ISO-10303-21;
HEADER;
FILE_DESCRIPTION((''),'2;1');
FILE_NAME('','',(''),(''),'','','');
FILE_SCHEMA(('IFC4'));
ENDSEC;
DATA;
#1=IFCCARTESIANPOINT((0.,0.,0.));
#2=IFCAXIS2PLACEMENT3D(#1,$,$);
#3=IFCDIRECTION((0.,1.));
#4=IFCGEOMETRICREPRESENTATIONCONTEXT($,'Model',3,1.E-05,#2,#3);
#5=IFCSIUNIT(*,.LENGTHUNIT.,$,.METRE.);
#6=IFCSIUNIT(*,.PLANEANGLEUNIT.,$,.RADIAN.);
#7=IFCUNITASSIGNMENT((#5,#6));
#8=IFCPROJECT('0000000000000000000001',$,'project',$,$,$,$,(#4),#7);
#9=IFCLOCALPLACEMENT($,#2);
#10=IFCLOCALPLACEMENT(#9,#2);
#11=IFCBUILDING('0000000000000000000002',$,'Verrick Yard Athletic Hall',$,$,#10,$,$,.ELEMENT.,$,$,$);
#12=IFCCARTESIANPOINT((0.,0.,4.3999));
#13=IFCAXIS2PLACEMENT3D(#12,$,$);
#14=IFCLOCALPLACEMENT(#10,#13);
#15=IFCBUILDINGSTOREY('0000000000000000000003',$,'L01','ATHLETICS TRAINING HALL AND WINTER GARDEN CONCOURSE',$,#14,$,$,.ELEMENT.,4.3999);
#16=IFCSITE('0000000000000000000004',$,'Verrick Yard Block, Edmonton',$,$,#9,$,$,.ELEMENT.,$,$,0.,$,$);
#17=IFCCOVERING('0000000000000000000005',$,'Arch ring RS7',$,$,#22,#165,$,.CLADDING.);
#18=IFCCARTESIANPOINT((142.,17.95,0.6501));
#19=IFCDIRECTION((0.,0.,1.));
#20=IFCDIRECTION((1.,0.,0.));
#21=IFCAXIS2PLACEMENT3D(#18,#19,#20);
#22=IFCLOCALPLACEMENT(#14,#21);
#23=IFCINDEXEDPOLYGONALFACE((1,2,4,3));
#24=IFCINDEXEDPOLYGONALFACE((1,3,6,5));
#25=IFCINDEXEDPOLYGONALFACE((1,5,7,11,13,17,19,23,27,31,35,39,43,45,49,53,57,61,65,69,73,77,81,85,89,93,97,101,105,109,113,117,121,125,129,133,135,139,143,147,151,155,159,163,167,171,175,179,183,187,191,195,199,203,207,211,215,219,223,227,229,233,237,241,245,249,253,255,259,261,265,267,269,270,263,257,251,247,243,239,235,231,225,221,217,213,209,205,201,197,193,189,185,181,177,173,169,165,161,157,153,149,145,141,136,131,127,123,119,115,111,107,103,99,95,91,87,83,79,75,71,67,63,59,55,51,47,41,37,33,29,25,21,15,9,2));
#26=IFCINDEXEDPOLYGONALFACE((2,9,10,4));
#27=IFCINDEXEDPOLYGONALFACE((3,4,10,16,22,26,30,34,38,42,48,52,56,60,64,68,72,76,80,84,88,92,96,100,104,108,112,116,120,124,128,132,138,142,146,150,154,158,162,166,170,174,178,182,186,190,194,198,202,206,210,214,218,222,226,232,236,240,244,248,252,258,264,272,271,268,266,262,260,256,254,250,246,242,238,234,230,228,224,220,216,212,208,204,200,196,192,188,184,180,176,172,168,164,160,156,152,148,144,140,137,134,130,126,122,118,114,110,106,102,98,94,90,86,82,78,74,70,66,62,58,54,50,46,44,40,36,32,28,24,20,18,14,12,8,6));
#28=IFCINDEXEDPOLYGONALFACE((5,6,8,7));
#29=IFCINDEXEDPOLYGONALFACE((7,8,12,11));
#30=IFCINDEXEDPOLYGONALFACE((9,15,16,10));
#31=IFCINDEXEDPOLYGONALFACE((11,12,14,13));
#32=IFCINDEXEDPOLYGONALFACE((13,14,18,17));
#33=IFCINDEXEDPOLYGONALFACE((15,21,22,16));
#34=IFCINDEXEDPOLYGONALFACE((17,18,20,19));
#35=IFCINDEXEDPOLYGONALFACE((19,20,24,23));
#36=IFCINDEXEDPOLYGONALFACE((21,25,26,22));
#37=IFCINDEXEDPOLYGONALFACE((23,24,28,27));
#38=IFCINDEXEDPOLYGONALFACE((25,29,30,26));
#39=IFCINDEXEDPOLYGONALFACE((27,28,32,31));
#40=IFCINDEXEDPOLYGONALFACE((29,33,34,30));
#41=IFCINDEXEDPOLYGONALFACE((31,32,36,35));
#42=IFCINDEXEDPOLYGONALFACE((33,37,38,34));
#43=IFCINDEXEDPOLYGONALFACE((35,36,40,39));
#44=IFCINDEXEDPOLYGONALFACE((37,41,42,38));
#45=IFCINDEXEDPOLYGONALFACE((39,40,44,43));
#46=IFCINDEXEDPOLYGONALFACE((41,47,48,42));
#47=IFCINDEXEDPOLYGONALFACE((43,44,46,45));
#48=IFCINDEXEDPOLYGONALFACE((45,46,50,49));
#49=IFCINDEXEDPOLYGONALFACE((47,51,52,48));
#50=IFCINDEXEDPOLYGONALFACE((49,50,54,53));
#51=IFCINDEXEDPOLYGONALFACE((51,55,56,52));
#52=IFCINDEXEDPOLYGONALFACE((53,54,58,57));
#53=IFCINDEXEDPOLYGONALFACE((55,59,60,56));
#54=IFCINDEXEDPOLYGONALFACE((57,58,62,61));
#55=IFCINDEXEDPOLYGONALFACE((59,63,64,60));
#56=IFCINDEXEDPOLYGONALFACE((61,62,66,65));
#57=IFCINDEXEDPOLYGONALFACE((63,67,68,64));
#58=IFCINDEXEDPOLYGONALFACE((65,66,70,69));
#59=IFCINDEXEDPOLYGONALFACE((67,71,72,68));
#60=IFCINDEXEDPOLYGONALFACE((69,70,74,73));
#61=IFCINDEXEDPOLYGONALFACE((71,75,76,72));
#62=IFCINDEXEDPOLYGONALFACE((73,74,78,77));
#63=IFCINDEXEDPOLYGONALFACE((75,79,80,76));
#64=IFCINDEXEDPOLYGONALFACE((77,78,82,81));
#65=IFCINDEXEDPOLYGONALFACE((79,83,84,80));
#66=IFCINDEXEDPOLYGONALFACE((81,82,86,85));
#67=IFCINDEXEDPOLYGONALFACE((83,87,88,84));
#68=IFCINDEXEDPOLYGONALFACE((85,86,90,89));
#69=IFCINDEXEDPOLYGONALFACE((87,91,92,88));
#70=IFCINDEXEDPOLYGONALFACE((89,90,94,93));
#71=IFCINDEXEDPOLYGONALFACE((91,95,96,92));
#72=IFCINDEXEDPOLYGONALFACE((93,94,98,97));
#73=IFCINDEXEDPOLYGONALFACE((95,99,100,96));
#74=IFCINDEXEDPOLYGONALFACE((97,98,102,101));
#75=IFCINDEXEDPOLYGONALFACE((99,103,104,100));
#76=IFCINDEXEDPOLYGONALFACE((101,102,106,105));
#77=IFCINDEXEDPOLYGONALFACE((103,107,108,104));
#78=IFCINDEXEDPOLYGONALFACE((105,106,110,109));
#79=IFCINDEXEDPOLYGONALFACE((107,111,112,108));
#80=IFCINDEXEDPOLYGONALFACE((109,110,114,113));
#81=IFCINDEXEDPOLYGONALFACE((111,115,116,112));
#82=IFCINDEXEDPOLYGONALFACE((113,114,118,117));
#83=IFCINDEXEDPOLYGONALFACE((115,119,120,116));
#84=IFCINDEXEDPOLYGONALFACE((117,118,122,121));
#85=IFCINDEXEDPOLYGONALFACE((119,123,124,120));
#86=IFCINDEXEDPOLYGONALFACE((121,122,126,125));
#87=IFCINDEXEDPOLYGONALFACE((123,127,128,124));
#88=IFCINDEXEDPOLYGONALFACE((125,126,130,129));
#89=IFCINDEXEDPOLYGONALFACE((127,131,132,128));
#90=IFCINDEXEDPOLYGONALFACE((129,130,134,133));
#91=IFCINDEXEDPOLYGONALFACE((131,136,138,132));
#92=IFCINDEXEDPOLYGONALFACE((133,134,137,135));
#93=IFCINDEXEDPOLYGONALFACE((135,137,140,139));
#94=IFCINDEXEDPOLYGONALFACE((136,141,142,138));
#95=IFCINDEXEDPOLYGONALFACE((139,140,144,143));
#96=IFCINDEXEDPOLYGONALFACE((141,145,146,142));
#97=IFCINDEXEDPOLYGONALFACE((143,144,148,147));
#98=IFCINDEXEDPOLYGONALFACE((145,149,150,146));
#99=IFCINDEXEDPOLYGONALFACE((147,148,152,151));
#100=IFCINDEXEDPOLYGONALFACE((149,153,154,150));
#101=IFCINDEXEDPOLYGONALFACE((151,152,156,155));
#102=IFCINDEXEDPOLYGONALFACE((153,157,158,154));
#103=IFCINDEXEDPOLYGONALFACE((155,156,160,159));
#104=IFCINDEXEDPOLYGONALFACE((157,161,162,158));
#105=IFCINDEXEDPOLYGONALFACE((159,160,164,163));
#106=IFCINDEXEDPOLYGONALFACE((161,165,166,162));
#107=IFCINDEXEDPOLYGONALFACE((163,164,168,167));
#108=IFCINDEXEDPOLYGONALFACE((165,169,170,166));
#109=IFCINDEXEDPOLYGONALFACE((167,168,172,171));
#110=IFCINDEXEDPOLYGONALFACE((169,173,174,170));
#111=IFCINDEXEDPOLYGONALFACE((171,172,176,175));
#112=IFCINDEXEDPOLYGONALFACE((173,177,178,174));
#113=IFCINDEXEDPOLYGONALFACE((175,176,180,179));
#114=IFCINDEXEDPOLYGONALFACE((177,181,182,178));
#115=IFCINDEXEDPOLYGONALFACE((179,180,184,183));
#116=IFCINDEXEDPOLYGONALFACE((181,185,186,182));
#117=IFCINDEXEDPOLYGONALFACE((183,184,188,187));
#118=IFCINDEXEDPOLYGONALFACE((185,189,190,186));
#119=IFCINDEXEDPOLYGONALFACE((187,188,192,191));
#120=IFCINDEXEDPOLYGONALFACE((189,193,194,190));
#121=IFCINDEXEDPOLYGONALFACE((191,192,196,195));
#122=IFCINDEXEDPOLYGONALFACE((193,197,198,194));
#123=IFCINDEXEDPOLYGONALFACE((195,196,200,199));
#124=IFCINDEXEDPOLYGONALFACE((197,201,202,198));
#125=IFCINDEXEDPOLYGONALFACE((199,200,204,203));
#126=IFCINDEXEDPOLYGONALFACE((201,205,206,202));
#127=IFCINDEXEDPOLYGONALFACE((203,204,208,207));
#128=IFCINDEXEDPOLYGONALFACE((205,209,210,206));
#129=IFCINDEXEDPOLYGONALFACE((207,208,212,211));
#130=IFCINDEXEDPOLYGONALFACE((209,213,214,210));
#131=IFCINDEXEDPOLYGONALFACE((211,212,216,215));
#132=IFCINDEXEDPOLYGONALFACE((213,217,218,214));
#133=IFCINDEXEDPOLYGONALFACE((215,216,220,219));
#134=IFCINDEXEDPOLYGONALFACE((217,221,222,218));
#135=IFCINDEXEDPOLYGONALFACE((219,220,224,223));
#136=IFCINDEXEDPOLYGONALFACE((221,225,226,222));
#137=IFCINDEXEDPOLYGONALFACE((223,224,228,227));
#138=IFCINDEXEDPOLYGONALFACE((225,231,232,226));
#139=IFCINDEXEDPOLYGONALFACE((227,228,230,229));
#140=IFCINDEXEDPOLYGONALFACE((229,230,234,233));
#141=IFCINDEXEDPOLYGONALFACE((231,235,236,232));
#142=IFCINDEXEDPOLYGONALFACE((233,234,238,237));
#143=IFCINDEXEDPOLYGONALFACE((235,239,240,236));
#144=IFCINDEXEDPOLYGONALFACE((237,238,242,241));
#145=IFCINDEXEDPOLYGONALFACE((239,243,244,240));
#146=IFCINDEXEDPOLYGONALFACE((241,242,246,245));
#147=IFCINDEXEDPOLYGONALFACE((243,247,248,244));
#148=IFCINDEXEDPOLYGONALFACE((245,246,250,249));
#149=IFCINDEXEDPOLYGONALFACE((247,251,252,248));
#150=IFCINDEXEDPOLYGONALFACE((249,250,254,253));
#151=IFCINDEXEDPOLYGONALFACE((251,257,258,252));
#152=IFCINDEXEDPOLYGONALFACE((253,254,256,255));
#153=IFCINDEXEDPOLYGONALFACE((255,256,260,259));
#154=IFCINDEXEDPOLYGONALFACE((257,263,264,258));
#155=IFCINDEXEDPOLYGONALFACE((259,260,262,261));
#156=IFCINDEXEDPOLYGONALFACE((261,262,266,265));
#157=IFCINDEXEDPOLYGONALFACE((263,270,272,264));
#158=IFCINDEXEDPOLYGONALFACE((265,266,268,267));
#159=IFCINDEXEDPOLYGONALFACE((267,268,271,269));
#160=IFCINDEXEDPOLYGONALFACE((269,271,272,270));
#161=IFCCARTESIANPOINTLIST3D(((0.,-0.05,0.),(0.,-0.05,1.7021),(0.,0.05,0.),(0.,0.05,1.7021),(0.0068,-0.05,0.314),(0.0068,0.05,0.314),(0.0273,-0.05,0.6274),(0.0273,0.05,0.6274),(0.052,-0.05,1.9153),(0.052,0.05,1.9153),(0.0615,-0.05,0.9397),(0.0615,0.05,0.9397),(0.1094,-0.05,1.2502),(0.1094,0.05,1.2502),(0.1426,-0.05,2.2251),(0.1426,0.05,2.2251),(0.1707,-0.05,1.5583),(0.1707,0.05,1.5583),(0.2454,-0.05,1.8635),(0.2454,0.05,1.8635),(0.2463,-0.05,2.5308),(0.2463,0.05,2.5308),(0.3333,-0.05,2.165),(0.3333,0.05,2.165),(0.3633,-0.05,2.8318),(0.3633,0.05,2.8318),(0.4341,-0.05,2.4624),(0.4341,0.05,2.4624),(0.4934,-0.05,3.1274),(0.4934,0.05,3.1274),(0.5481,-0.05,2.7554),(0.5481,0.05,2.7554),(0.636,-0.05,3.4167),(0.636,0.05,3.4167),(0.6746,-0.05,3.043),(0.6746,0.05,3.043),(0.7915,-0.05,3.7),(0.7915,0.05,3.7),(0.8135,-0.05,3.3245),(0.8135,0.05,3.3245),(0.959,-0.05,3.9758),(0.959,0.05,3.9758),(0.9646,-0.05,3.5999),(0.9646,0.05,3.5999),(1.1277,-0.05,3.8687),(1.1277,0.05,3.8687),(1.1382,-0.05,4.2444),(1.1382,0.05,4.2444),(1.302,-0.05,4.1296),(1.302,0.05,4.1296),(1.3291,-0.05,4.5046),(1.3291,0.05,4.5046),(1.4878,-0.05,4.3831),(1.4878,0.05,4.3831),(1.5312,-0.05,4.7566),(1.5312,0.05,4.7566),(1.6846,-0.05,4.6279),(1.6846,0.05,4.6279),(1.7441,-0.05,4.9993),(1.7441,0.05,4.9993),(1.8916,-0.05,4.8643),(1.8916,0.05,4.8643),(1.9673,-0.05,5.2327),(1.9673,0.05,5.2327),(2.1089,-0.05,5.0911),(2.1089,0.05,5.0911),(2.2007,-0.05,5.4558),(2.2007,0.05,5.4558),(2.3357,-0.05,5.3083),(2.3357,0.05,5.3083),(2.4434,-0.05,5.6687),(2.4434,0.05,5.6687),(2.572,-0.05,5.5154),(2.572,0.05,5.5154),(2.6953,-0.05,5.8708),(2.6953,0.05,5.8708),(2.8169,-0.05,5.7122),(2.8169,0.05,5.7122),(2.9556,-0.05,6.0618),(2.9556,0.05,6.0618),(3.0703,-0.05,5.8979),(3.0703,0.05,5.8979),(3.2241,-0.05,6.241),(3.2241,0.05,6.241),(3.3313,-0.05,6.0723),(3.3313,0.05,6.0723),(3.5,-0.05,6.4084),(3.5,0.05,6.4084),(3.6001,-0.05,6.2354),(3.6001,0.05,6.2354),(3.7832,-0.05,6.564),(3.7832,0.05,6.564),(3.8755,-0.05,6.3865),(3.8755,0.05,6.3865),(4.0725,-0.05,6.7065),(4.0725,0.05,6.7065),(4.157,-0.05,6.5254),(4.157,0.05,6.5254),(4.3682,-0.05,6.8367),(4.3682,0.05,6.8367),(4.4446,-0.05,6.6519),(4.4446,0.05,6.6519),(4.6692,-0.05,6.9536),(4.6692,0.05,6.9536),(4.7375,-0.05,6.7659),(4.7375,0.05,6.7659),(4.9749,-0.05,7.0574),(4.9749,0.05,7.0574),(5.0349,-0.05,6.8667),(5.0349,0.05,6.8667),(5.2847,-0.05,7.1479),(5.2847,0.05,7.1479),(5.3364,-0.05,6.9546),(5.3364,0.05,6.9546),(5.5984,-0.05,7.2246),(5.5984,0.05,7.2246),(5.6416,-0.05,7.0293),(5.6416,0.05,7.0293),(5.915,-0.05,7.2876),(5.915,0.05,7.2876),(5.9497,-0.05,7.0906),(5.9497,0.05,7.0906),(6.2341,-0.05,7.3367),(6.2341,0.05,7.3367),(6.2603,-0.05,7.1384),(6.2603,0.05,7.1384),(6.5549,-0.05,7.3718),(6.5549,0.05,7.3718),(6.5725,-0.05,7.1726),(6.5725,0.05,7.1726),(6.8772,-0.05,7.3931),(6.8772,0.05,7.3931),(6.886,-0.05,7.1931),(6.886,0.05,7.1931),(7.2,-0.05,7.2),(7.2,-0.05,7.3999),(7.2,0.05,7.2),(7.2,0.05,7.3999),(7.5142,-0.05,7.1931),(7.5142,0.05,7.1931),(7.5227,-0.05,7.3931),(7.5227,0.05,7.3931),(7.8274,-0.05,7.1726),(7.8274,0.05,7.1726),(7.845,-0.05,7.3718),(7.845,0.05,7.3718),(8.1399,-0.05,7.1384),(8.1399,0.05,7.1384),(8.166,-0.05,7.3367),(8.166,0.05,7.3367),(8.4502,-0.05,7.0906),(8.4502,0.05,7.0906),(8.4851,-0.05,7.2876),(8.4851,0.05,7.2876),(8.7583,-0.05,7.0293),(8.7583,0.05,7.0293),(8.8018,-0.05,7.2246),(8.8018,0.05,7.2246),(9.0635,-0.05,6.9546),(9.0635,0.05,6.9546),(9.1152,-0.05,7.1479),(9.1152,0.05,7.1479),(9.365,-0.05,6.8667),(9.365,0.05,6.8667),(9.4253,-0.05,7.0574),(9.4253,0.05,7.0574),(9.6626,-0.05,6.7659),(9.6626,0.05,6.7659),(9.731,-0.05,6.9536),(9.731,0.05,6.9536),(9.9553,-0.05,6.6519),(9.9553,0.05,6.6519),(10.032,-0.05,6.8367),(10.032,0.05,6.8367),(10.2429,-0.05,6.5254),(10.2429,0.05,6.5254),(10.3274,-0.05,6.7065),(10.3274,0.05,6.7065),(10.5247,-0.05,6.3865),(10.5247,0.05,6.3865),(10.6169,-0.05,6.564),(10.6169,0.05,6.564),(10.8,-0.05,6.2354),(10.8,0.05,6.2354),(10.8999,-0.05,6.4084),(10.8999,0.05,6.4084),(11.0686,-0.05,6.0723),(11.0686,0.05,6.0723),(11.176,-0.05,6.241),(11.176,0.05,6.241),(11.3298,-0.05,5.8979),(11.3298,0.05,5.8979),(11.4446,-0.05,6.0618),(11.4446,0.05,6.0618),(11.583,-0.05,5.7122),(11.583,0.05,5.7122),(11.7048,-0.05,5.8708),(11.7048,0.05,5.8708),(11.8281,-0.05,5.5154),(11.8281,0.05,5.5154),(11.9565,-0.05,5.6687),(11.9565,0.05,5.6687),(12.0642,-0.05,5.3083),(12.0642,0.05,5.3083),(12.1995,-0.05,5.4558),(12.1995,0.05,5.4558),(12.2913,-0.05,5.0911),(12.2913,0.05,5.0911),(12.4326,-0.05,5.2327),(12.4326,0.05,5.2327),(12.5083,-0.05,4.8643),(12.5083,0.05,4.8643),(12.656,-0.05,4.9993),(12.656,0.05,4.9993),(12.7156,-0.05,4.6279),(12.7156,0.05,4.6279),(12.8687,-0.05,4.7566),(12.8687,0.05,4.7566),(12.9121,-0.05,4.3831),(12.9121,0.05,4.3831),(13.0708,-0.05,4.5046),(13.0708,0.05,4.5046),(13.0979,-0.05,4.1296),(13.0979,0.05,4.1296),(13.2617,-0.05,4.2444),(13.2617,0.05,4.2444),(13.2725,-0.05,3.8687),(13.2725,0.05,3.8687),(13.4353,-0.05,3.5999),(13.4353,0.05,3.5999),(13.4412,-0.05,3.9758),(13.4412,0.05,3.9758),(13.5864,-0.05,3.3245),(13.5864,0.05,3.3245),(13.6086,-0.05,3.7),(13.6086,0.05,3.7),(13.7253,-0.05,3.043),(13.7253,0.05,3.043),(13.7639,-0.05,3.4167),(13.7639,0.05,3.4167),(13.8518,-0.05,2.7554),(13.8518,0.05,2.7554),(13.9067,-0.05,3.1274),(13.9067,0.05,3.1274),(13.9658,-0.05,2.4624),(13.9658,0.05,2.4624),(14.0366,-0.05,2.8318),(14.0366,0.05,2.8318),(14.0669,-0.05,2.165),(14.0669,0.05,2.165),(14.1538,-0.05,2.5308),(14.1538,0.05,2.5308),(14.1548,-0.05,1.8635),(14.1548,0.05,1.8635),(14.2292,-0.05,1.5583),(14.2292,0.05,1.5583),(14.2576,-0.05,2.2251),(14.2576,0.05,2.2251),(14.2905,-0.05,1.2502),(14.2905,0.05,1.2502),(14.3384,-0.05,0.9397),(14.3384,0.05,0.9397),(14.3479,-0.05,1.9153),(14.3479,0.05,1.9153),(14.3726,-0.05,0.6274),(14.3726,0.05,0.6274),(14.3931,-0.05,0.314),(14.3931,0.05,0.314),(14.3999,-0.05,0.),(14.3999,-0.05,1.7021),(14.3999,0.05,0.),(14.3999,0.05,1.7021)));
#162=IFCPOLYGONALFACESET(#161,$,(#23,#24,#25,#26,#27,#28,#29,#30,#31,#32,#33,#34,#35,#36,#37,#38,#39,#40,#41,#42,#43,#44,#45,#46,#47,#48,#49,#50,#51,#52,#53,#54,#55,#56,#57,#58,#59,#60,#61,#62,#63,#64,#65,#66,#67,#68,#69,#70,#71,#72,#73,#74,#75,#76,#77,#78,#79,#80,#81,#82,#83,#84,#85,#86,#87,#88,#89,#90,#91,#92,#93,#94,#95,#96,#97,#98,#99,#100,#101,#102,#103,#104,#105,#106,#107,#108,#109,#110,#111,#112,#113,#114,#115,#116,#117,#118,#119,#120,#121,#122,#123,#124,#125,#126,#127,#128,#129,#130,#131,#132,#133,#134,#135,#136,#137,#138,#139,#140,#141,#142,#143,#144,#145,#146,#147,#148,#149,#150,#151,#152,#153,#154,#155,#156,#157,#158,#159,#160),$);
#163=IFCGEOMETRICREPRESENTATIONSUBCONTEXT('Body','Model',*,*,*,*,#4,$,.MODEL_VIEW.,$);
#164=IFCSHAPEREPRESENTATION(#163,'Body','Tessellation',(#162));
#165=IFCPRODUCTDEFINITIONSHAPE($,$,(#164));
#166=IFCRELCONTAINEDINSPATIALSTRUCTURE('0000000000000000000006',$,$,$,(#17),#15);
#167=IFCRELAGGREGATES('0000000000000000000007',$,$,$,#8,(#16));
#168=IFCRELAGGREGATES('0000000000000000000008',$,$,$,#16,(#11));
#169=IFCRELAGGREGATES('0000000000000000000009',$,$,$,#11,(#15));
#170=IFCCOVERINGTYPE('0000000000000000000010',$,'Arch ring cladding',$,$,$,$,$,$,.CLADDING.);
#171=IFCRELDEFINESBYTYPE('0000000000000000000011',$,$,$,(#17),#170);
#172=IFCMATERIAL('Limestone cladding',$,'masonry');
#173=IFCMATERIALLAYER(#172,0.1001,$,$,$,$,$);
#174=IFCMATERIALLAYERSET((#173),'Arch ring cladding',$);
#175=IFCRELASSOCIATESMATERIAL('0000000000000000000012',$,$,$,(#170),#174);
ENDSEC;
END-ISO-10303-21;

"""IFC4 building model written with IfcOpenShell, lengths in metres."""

from ifc_helpers import new_model, si_unit, direction, frame, origin, place, context, subcontext, project, spatial, polyline, outline, extrude, material, layer, layer_set, type_object, element, save


model = new_model("IFC4")

# Units and contexts
model_context = context("Model", 3, precision=1e-05, world=origin(), true_north=direction((0.0, 1.0)))
body_context = subcontext(model_context, "Body", "Model", "MODEL_VIEW")
ifc_project = project(units=[si_unit("LENGTHUNIT", "METRE"), si_unit("PLANEANGLEUNIT", "RADIAN")], contexts=[model_context])

# Site, building, storey
site_placement = place(None, origin())
site = spatial("IfcSite", under=ifc_project, at=site_placement, Name="Verrick Yard Block, Edmonton", CompositionType="ELEMENT", RefElevation=0.0)
building_placement = place(site_placement, origin())
building = spatial("IfcBuilding", under=site, at=building_placement, Name="Verrick Yard Athletic Hall", CompositionType="ELEMENT")
storey_placement = place(building_placement, frame((0.0, 0.0, 4.3999)))
storey = spatial("IfcBuildingStorey", under=building, at=storey_placement, Name="L01", Description="ATHLETICS TRAINING HALL AND WINTER GARDEN CONCOURSE", CompositionType="ELEMENT", Elevation=4.3999)

# Covering
ifc_material_1 = material(Name="Limestone cladding", Category="masonry")
ifc_layer_1 = layer(ifc_material_1, 0.1001)
ifc_layer_set_1 = layer_set([ifc_layer_1], Name="Arch ring cladding")
covering_type_1 = type_object("IfcCoveringType", Name="Arch ring cladding", PredefinedType="CLADDING", material=ifc_layer_set_1)
covering_1_placement = place(storey_placement, frame((142.0, 17.95, 0.6501), z_axis=(0.0, 0.0, 1.0), x_axis=(1.0, 0.0, 0.0)))
element("IfcCovering", 1, at=covering_1_placement, inside=storey, type_object=covering_type_1, Name="Arch ring RS7", PredefinedType="CLADDING", context=body_context, shape_type="SweptSolid", body=[
    extrude(outline(polyline([(0.0, 1.7021), (0.0, 0.0), (0.0068, 0.314), (0.0273, 0.6274), (0.0615, 0.9397), (0.1094, 1.2502), (0.1707, 1.5583), (0.2454, 1.8635), (0.3333, 2.165), (0.4341, 2.4624), (0.5481, 2.7554), (0.6746, 3.043), (0.8135, 3.3245), (0.9646, 3.5999), (1.1277, 3.8687), (1.302, 4.1296), (1.4878, 4.3831), (1.6846, 4.6279), (1.8916, 4.8643), (2.1089, 5.0911), (2.3357, 5.3083), (2.572, 5.5154), (2.8169, 5.7122), (3.0703, 5.8979), (3.3313, 6.0723), (3.6001, 6.2354), (3.8755, 6.3865), (4.157, 6.5254), (4.4446, 6.6519), (4.7375, 6.7659), (5.0349, 6.8667), (5.3364, 6.9546), (5.6416, 7.0293), (5.9497, 7.0906), (6.2603, 7.1384), (6.5725, 7.1726), (6.886, 7.1931), (7.2, 7.2), (7.5142, 7.1931), (7.8274, 7.1726), (8.1399, 7.1384), (8.4502, 7.0906), (8.7583, 7.0293), (9.0635, 6.9546), (9.365, 6.8667), (9.6626, 6.7659), (9.9553, 6.6519), (10.2429, 6.5254), (10.5247, 6.3865), (10.8, 6.2354), (11.0686, 6.0723), (11.3298, 5.8979), (11.583, 5.7122), (11.8281, 5.5154), (12.0642, 5.3083), (12.2913, 5.0911), (12.5083, 4.8643), (12.7156, 4.6279), (12.9121, 4.3831), (13.0979, 4.1296), (13.2725, 3.8687), (13.4353, 3.5999), (13.5864, 3.3245), (13.7253, 3.043), (13.8518, 2.7554), (13.9658, 2.4624), (14.0669, 2.165), (14.1548, 1.8635), (14.2292, 1.5583), (14.2905, 1.2502), (14.3384, 0.9397), (14.3726, 0.6274), (14.3931, 0.314), (14.3999, 0.0), (14.3999, 1.7021), (14.3479, 1.9153), (14.2576, 2.2251), (14.1538, 2.5308), (14.0366, 2.8318), (13.9067, 3.1274), (13.7639, 3.4167), (13.6086, 3.7), (13.4412, 3.9758), (13.2617, 4.2444), (13.0708, 4.5046), (12.8687, 4.7566), (12.656, 4.9993), (12.4326, 5.2327), (12.1995, 5.4558), (11.9565, 5.6687), (11.7048, 5.8708), (11.4446, 6.0618), (11.176, 6.241), (10.8999, 6.4084), (10.6169, 6.564), (10.3274, 6.7065), (10.032, 6.8367), (9.731, 6.9536), (9.4253, 7.0574), (9.1152, 7.1479), (8.8018, 7.2246), (8.4851, 7.2876), (8.166, 7.3367), (7.845, 7.3718), (7.5227, 7.3931), (7.2, 7.3999), (6.8772, 7.3931), (6.5549, 7.3718), (6.2341, 7.3367), (5.915, 7.2876), (5.5984, 7.2246), (5.2847, 7.1479), (4.9749, 7.0574), (4.6692, 6.9536), (4.3682, 6.8367), (4.0725, 6.7065), (3.7832, 6.564), (3.5, 6.4084), (3.2241, 6.241), (2.9556, 6.0618), (2.6953, 5.8708), (2.4434, 5.6687), (2.2007, 5.4558), (1.9673, 5.2327), (1.7441, 4.9993), (1.5312, 4.7566), (1.3291, 4.5046), (1.1382, 4.2444), (0.959, 3.9758), (0.7915, 3.7), (0.636, 3.4167), (0.4934, 3.1274), (0.3633, 2.8318), (0.2463, 2.5308), (0.1426, 2.2251), (0.052, 1.9153), (0.0, 1.7021)])), frame((0.0, 0.05, 0.0), z_axis=(0.0, -1.0, 0.0), x_axis=(1.0, 0.0, 0.0)), (0.0, 0.0, 1.0), 0.1001),
])

save(model, "model.ifc")
